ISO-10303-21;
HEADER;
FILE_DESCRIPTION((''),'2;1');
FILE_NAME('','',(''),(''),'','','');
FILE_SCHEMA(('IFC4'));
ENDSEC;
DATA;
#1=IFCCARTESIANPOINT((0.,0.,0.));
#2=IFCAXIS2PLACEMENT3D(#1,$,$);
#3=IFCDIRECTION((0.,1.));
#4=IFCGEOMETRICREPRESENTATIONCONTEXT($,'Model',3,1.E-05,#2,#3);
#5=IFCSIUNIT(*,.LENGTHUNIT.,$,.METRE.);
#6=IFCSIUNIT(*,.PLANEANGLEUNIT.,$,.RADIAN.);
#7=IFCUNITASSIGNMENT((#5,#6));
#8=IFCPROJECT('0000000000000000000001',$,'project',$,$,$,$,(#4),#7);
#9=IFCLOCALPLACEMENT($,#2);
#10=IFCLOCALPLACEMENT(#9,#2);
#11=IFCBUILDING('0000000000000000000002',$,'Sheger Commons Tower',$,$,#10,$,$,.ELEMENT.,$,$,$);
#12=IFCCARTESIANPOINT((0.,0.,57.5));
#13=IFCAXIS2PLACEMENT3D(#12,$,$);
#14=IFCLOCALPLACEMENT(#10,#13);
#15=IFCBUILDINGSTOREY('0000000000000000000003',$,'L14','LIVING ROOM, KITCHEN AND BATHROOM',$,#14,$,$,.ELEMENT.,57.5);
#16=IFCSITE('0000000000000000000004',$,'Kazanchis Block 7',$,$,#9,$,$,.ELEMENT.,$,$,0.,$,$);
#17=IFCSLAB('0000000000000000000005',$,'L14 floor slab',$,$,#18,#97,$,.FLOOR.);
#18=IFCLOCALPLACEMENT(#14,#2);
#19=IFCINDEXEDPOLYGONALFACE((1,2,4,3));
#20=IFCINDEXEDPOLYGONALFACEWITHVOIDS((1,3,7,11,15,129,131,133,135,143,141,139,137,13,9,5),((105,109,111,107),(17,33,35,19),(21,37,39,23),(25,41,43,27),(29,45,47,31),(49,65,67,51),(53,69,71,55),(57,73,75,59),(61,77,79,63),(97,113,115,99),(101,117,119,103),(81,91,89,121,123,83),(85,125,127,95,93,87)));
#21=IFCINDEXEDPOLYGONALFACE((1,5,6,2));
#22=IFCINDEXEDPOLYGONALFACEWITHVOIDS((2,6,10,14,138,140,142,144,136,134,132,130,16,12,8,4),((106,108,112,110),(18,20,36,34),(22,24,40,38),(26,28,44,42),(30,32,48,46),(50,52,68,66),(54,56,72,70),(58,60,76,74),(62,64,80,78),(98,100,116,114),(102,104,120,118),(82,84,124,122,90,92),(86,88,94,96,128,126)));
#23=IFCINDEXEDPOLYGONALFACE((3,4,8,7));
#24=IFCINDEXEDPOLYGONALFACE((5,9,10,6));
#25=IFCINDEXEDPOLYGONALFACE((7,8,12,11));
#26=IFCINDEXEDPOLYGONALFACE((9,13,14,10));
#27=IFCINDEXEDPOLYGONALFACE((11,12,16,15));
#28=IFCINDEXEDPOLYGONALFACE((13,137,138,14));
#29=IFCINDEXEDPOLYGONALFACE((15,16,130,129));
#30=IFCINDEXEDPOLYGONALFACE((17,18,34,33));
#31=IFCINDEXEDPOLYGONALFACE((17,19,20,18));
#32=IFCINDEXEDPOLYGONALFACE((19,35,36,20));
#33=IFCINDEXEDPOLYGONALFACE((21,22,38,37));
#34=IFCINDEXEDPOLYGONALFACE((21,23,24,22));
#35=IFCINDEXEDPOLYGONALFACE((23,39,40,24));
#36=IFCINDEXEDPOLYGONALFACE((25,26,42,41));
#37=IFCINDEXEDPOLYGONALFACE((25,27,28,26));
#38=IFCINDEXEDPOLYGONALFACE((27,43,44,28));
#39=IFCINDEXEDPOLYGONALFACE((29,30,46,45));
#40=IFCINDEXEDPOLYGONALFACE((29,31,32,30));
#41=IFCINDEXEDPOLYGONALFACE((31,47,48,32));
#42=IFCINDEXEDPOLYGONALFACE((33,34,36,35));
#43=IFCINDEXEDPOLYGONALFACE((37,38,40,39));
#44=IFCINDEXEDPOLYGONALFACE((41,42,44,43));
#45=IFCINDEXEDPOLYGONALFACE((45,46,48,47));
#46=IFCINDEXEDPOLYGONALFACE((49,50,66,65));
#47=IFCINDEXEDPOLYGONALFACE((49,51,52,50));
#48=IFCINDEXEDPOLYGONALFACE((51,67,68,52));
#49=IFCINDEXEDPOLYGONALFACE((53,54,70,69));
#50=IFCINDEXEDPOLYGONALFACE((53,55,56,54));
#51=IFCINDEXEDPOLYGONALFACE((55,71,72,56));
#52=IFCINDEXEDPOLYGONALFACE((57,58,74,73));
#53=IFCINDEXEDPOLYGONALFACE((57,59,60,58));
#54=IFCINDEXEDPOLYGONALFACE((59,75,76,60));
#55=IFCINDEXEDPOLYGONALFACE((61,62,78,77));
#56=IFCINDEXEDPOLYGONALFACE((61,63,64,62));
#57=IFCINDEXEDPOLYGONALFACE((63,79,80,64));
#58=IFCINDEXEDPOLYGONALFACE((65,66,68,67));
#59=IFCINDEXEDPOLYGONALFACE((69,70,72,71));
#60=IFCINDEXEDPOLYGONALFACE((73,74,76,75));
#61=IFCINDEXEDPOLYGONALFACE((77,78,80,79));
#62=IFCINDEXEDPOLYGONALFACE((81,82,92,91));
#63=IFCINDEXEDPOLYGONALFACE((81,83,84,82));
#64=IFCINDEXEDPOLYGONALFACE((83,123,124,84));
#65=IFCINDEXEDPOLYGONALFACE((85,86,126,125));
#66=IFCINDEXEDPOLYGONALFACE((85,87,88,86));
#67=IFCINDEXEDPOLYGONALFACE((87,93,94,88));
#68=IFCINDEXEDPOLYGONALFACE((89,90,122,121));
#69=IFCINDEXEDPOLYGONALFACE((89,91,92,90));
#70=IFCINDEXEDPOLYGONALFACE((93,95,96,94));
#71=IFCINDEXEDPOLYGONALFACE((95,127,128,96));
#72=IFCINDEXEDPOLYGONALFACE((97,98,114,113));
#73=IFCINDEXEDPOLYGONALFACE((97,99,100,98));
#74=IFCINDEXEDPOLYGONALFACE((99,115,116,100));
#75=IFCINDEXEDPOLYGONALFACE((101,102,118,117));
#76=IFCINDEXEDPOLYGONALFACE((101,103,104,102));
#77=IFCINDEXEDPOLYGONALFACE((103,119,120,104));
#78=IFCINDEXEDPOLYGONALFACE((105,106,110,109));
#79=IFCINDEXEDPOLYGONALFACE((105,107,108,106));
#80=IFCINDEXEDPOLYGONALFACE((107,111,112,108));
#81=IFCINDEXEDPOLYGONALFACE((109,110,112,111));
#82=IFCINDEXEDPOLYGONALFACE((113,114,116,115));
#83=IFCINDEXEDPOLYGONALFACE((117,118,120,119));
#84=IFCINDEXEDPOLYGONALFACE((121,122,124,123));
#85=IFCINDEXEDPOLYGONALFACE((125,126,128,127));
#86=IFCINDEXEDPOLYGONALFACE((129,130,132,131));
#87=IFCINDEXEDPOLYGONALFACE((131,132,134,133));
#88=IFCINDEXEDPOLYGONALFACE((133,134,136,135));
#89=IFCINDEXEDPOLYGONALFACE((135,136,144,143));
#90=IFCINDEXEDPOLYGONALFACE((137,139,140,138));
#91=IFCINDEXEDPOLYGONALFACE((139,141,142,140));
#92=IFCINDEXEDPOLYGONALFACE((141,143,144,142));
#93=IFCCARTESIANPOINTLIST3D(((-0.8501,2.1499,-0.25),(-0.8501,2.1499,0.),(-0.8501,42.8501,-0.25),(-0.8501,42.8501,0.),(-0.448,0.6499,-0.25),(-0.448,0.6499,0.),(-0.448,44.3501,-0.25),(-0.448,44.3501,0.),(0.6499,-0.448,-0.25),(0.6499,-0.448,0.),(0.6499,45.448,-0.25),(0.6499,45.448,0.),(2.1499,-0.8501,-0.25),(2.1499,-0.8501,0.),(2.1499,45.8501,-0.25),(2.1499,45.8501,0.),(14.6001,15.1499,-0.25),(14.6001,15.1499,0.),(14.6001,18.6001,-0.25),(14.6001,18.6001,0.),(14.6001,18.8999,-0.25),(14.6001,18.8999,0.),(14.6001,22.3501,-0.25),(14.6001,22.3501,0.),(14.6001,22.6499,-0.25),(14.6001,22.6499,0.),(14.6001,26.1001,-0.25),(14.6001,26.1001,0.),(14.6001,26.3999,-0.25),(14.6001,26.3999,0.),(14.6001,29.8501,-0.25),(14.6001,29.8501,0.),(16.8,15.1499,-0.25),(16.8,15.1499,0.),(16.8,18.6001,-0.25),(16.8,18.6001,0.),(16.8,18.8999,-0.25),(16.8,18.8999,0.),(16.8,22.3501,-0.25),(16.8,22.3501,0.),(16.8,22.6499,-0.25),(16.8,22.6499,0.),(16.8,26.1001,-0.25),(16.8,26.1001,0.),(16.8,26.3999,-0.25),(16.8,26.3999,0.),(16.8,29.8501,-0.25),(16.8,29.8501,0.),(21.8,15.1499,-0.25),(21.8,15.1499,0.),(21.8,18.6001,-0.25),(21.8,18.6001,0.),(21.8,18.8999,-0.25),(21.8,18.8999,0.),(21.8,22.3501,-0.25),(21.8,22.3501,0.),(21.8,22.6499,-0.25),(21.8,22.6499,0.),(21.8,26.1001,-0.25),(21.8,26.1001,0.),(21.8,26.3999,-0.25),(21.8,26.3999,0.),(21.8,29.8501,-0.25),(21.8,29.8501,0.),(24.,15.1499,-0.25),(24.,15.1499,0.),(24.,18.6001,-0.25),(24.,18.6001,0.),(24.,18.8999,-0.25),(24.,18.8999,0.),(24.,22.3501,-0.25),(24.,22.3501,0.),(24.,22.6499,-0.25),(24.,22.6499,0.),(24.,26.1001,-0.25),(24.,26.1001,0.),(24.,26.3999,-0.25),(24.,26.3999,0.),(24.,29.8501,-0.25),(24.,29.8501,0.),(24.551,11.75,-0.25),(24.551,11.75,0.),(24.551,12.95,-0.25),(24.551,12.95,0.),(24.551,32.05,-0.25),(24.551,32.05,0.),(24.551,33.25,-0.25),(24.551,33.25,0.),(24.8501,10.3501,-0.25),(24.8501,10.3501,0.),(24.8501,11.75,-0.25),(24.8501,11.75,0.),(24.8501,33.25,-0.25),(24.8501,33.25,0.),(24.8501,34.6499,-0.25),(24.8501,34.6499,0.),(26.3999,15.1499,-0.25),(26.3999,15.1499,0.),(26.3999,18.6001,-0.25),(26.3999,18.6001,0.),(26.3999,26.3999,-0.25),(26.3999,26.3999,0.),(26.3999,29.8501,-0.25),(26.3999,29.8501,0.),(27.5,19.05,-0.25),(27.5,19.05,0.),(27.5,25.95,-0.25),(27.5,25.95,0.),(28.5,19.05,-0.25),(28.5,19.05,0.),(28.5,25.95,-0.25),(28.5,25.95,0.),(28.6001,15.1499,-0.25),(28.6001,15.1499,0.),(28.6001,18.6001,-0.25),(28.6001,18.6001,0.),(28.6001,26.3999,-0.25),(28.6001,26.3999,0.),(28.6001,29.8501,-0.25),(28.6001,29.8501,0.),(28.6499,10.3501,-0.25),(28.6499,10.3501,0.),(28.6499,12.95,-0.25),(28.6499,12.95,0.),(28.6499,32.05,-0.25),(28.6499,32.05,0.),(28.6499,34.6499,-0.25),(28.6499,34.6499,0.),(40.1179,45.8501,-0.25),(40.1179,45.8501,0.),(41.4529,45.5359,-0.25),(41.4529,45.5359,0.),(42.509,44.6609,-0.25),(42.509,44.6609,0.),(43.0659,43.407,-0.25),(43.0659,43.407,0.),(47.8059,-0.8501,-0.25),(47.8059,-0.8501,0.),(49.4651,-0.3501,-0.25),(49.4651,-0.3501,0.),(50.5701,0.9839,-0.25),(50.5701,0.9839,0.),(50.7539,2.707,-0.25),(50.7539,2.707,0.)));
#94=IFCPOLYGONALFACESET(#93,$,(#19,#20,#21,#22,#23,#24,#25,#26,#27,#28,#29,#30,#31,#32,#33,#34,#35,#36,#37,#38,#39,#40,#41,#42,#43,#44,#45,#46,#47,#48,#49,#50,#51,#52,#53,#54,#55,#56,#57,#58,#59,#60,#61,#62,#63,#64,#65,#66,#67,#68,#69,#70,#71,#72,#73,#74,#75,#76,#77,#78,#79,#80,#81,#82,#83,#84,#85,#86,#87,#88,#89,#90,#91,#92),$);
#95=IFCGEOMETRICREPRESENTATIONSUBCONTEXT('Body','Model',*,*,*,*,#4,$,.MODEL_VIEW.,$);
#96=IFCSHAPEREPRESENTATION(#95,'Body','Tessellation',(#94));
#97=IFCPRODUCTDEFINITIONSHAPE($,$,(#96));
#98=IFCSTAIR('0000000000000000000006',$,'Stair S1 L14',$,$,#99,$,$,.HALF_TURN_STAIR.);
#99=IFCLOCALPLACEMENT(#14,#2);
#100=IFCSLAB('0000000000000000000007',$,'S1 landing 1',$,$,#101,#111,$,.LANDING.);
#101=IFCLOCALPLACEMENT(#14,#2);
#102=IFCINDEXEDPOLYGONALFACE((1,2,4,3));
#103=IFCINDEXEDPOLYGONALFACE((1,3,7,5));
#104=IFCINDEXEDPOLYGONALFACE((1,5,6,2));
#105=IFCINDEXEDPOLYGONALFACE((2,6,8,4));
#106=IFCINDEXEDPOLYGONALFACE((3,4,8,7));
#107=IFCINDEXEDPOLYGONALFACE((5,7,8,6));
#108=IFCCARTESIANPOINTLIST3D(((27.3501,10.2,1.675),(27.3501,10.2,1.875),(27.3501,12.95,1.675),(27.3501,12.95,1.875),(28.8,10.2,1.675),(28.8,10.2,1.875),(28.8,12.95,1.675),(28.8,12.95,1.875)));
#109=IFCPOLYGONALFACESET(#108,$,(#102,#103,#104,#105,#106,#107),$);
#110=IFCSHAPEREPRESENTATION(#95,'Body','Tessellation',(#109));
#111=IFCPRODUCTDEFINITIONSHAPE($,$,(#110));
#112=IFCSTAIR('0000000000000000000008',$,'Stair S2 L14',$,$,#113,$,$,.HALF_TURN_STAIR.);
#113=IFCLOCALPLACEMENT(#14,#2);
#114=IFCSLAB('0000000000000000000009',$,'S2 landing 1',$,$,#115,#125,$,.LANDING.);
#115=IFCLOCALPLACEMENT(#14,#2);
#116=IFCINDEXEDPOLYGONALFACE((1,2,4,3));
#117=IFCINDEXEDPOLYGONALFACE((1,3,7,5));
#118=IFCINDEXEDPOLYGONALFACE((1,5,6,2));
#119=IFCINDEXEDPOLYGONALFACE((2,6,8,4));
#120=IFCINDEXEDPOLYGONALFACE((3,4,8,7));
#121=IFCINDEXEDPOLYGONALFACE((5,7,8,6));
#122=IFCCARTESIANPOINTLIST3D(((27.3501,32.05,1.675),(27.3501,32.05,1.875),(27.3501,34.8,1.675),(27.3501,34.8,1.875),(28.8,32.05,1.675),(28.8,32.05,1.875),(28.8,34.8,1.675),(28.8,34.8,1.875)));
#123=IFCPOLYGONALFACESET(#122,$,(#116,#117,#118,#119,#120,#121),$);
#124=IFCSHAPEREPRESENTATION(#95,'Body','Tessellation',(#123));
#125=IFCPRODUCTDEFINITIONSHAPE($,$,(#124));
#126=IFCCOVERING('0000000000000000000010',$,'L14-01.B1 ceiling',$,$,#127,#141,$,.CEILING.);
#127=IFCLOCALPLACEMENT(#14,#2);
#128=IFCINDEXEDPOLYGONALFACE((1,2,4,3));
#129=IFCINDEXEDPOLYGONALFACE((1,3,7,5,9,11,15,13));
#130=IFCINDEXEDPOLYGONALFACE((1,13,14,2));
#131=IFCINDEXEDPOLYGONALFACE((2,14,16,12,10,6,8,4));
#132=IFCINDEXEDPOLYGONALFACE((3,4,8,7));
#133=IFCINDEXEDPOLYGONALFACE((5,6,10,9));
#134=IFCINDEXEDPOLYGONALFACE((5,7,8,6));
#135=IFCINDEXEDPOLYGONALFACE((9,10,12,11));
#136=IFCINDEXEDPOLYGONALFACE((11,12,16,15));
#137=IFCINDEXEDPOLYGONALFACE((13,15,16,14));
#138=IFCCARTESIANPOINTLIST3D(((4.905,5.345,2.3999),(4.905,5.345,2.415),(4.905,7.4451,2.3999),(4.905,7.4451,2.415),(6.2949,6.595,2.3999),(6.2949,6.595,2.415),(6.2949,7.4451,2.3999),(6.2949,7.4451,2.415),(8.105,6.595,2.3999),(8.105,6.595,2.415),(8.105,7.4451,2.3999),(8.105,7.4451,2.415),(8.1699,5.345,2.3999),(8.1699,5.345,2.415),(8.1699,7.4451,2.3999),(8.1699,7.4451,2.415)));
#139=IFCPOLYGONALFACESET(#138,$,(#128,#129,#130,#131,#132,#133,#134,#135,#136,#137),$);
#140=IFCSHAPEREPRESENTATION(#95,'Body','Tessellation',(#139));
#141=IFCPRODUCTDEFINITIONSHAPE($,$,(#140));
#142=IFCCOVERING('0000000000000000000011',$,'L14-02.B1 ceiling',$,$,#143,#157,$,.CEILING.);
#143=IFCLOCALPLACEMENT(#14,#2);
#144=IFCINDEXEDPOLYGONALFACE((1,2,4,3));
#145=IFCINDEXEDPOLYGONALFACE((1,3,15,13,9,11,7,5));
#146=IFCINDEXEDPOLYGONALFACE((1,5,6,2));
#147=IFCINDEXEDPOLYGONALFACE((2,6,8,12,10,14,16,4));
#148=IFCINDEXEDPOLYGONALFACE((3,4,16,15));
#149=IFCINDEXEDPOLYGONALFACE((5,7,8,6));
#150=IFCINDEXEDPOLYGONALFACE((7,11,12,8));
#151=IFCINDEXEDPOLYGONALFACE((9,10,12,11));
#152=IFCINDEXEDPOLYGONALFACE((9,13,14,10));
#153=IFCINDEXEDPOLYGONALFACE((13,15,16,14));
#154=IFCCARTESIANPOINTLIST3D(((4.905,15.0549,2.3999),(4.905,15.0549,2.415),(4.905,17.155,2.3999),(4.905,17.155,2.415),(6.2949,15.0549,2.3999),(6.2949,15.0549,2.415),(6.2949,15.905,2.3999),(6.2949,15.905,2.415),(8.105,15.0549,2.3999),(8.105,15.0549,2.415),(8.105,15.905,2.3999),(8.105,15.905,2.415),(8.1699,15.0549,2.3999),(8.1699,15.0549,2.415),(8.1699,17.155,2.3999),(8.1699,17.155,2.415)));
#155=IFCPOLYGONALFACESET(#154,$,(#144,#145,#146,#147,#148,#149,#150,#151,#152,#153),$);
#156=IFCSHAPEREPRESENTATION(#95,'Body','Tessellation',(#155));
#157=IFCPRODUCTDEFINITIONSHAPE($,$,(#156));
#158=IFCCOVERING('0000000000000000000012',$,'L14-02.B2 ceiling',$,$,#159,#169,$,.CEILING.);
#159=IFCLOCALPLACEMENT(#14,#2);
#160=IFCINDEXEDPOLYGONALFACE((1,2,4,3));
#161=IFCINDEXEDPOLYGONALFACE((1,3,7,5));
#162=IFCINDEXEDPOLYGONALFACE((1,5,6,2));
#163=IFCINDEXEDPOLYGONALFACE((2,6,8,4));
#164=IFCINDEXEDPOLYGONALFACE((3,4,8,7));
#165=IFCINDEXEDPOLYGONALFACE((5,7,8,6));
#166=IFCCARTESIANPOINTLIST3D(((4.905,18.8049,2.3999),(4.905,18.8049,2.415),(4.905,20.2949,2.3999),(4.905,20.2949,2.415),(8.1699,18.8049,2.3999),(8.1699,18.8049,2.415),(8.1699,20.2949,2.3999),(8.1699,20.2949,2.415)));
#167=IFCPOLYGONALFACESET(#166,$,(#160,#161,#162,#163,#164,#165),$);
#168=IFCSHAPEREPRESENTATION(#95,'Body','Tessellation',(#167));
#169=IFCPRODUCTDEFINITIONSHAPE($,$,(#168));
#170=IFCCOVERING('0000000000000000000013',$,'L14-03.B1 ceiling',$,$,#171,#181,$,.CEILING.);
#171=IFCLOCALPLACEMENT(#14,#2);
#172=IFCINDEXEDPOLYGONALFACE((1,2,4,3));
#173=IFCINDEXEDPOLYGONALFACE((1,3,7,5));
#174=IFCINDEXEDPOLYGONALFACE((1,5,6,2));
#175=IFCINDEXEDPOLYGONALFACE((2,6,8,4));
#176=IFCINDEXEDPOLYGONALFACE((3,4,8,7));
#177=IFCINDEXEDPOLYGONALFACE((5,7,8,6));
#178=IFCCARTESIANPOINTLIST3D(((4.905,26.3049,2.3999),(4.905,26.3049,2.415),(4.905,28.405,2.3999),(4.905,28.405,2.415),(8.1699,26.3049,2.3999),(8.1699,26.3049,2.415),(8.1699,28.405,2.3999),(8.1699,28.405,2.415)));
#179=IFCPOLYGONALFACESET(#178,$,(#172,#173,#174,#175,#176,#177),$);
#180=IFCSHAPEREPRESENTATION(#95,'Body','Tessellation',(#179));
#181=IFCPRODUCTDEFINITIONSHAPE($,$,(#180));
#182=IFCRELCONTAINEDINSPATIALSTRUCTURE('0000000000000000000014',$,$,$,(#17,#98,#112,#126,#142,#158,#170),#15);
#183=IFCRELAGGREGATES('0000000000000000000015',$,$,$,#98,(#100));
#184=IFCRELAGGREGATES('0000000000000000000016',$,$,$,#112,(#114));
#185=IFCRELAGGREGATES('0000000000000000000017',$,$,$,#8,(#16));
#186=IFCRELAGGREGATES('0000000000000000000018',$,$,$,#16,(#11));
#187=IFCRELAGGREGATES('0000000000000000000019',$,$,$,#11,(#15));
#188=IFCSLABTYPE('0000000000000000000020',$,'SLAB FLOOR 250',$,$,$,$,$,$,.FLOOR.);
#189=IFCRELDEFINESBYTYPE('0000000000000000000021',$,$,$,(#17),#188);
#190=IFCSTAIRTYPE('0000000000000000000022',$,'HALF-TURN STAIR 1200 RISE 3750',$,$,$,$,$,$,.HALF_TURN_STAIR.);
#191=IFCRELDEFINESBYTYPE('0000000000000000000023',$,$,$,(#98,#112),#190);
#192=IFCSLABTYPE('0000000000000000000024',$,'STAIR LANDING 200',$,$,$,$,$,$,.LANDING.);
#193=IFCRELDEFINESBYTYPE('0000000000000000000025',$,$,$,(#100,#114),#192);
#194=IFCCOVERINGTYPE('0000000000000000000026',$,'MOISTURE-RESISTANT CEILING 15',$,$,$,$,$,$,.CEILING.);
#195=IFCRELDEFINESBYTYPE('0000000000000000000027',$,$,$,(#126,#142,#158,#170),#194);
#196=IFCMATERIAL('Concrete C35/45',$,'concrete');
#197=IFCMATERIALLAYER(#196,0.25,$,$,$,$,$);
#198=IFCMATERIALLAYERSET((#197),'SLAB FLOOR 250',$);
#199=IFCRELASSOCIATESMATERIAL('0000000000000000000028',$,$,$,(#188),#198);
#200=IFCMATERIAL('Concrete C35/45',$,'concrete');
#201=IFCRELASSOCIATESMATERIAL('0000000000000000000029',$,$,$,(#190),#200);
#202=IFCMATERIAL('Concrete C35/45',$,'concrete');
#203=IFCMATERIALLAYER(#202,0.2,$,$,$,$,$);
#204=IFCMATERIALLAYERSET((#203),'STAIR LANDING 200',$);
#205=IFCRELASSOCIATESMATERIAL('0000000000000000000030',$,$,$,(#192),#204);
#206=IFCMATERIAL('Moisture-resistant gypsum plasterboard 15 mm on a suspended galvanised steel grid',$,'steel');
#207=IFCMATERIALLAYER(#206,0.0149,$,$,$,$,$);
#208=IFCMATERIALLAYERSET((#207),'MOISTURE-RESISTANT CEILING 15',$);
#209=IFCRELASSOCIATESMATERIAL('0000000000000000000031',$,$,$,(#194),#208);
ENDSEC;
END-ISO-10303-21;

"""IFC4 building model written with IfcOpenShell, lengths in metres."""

from ifc_helpers import new_model, si_unit, direction, frame, origin, place, context, subcontext, project, spatial, polyline, outline, extrude, material, layer, layer_set, type_object, element, aggregate, save


model = new_model("IFC4")

# Units and contexts
model_context = context("Model", 3, precision=1e-05, world=origin(), true_north=direction((0.0, 1.0)))
body_context = subcontext(model_context, "Body", "Model", "MODEL_VIEW")
ifc_project = project(units=[si_unit("LENGTHUNIT", "METRE"), si_unit("PLANEANGLEUNIT", "RADIAN")], contexts=[model_context])

# Site, building, storey
site_placement = place(None, origin())
site = spatial("IfcSite", under=ifc_project, at=site_placement, Name="Kazanchis Block 7", CompositionType="ELEMENT", RefElevation=0.0)
building_placement = place(site_placement, origin())
building = spatial("IfcBuilding", under=site, at=building_placement, Name="Sheger Commons Tower", CompositionType="ELEMENT")
storey_placement = place(building_placement, frame((0.0, 0.0, 57.5)))
storey = spatial("IfcBuildingStorey", under=building, at=storey_placement, Name="L14", Description="LIVING ROOM, KITCHEN AND BATHROOM", CompositionType="ELEMENT", Elevation=57.5)

# Slab
ifc_material_1 = material(Name="Concrete C35/45", Category="concrete")
ifc_layer_1 = layer(ifc_material_1, 0.25)
ifc_layer_set_1 = layer_set([ifc_layer_1], Name="SLAB FLOOR 250")
slab_type_1 = type_object("IfcSlabType", Name="SLAB FLOOR 250", PredefinedType="FLOOR", material=ifc_layer_set_1)
slab_1_placement = place(storey_placement, frame((0.0, 0.0, -0.25)))
element("IfcSlab", 1, at=slab_1_placement, inside=storey, type_object=slab_type_1, Name="L14 floor slab", PredefinedType="FLOOR", context=body_context, shape_type="SweptSolid", body=[
    extrude(outline(polyline([(-0.8501, 2.1499), (-0.448, 0.6499), (0.6499, -0.448), (2.1499, -0.8501), (47.8059, -0.8501), (49.4651, -0.3501), (50.5701, 0.9839), (50.7539, 2.707), (43.0659, 43.407), (42.509, 44.6609), (41.4529, 45.5359), (40.1179, 45.8501), (2.1499, 45.8501), (0.6499, 45.448), (-0.448, 44.3501), (-0.8501, 42.8501), (-0.8501, 2.1499)]), holes=[polyline([(24.8501, 10.3501), (28.6499, 10.3501), (28.6499, 12.95), (24.551, 12.95), (24.551, 11.75), (24.8501, 11.75), (24.8501, 10.3501)]), polyline([(24.551, 32.05), (28.6499, 32.05), (28.6499, 34.6499), (24.8501, 34.6499), (24.8501, 33.25), (24.551, 33.25), (24.551, 32.05)]), polyline([(26.3999, 15.1499), (28.6001, 15.1499), (28.6001, 18.6001), (26.3999, 18.6001), (26.3999, 15.1499)]), polyline([(26.3999, 26.3999), (28.6001, 26.3999), (28.6001, 29.8501), (26.3999, 29.8501), (26.3999, 26.3999)]), polyline([(14.6001, 15.1499), (16.8, 15.1499), (16.8, 18.6001), (14.6001, 18.6001), (14.6001, 15.1499)]), polyline([(14.6001, 18.8999), (16.8, 18.8999), (16.8, 22.3501), (14.6001, 22.3501), (14.6001, 18.8999)]), polyline([(14.6001, 22.6499), (16.8, 22.6499), (16.8, 26.1001), (14.6001, 26.1001), (14.6001, 22.6499)]), polyline([(14.6001, 26.3999), (16.8, 26.3999), (16.8, 29.8501), (14.6001, 29.8501), (14.6001, 26.3999)]), polyline([(21.8, 15.1499), (24.0, 15.1499), (24.0, 18.6001), (21.8, 18.6001), (21.8, 15.1499)]), polyline([(21.8, 18.8999), (24.0, 18.8999), (24.0, 22.3501), (21.8, 22.3501), (21.8, 18.8999)]), polyline([(21.8, 22.6499), (24.0, 22.6499), (24.0, 26.1001), (21.8, 26.1001), (21.8, 22.6499)]), polyline([(21.8, 26.3999), (24.0, 26.3999), (24.0, 29.8501), (21.8, 29.8501), (21.8, 26.3999)]), polyline([(27.5, 19.05), (28.5, 19.05), (28.5, 25.95), (27.5, 25.95), (27.5, 19.05)])]), origin(), (0.0, 0.0, 1.0), 0.25),
])

# Stairs, slabs
ifc_material_2 = material(Name="Concrete C35/45", Category="concrete")
stair_type = type_object("IfcStairType", Name="HALF-TURN STAIR 1200 RISE 3750", PredefinedType="HALF_TURN_STAIR", material=ifc_material_2)
stair_1_placement = place(storey_placement, origin())
stair_1 = element("IfcStair", 2, at=stair_1_placement, inside=storey, type_object=stair_type, Name="Stair S1 L14", PredefinedType="HALF_TURN_STAIR")
ifc_material_3 = material(Name="Concrete C35/45", Category="concrete")
ifc_layer_2 = layer(ifc_material_3, 0.2)
ifc_layer_set_2 = layer_set([ifc_layer_2], Name="STAIR LANDING 200")
slab_type_2 = type_object("IfcSlabType", Name="STAIR LANDING 200", PredefinedType="LANDING", material=ifc_layer_set_2)
slab_2_placement = place(storey_placement, frame((0.0, 0.0, 1.675)))
slab_2 = element("IfcSlab", 3, at=slab_2_placement, type_object=slab_type_2, Name="S1 landing 1", PredefinedType="LANDING", context=body_context, shape_type="SweptSolid", body=[
    extrude(outline(polyline([(27.3501, 10.2), (28.8, 10.2), (28.8, 12.95), (27.3501, 12.95), (27.3501, 10.2)])), origin(), (0.0, 0.0, 1.0), 0.2),
])
aggregate(stair_1, [slab_2])
stair_2_placement = place(storey_placement, origin())
stair_2 = element("IfcStair", 4, at=stair_2_placement, inside=storey, type_object=stair_type, Name="Stair S2 L14", PredefinedType="HALF_TURN_STAIR")
slab_3_placement = place(storey_placement, frame((0.0, 0.0, 1.675)))
slab_3 = element("IfcSlab", 5, at=slab_3_placement, type_object=slab_type_2, Name="S2 landing 1", PredefinedType="LANDING", context=body_context, shape_type="SweptSolid", body=[
    extrude(outline(polyline([(27.3501, 32.05), (28.8, 32.05), (28.8, 34.8), (27.3501, 34.8), (27.3501, 32.05)])), origin(), (0.0, 0.0, 1.0), 0.2),
])
aggregate(stair_2, [slab_3])

# Coverings
ifc_material_4 = material(Name="Moisture-resistant gypsum plasterboard 15 mm on a suspended galvanised steel grid", Category="steel")
ifc_layer_3 = layer(ifc_material_4, 0.0149)
ifc_layer_set_3 = layer_set([ifc_layer_3], Name="MOISTURE-RESISTANT CEILING 15")
covering_type_1 = type_object("IfcCoveringType", Name="MOISTURE-RESISTANT CEILING 15", PredefinedType="CEILING", material=ifc_layer_set_3)
covering_1_placement = place(storey_placement, frame((0.0, 0.0, 2.3999)))
element("IfcCovering", 6, at=covering_1_placement, inside=storey, type_object=covering_type_1, Name="L14-01.B1 ceiling", PredefinedType="CEILING", context=body_context, shape_type="SweptSolid", body=[
    extrude(outline(polyline([(4.905, 5.345), (8.1699, 5.345), (8.1699, 7.4451), (8.105, 7.4451), (8.105, 6.595), (6.2949, 6.595), (6.2949, 7.4451), (4.905, 7.4451), (4.905, 5.345)])), origin(), (0.0, 0.0, 1.0), 0.0151),
])
covering_2_placement = place(storey_placement, frame((0.0, 0.0, 2.3999)))
element("IfcCovering", 7, at=covering_2_placement, inside=storey, type_object=covering_type_1, Name="L14-02.B1 ceiling", PredefinedType="CEILING", context=body_context, shape_type="SweptSolid", body=[
    extrude(outline(polyline([(4.905, 15.0549), (6.2949, 15.0549), (6.2949, 15.905), (8.105, 15.905), (8.105, 15.0549), (8.1699, 15.0549), (8.1699, 17.155), (4.905, 17.155), (4.905, 15.0549)])), origin(), (0.0, 0.0, 1.0), 0.0151),
])
covering_3_placement = place(storey_placement, frame((0.0, 0.0, 2.3999)))
element("IfcCovering", 8, at=covering_3_placement, inside=storey, type_object=covering_type_1, Name="L14-02.B2 ceiling", PredefinedType="CEILING", context=body_context, shape_type="SweptSolid", body=[
    extrude(outline(polyline([(4.905, 18.8049), (8.1699, 18.8049), (8.1699, 20.2949), (4.905, 20.2949), (4.905, 18.8049)])), origin(), (0.0, 0.0, 1.0), 0.0151),
])
covering_4_placement = place(storey_placement, frame((0.0, 0.0, 2.3999)))
element("IfcCovering", 9, at=covering_4_placement, inside=storey, type_object=covering_type_1, Name="L14-03.B1 ceiling", PredefinedType="CEILING", context=body_context, shape_type="SweptSolid", body=[
    extrude(outline(polyline([(4.905, 26.3049), (8.1699, 26.3049), (8.1699, 28.405), (4.905, 28.405), (4.905, 26.3049)])), origin(), (0.0, 0.0, 1.0), 0.0151),
])

save(model, "model.ifc")
